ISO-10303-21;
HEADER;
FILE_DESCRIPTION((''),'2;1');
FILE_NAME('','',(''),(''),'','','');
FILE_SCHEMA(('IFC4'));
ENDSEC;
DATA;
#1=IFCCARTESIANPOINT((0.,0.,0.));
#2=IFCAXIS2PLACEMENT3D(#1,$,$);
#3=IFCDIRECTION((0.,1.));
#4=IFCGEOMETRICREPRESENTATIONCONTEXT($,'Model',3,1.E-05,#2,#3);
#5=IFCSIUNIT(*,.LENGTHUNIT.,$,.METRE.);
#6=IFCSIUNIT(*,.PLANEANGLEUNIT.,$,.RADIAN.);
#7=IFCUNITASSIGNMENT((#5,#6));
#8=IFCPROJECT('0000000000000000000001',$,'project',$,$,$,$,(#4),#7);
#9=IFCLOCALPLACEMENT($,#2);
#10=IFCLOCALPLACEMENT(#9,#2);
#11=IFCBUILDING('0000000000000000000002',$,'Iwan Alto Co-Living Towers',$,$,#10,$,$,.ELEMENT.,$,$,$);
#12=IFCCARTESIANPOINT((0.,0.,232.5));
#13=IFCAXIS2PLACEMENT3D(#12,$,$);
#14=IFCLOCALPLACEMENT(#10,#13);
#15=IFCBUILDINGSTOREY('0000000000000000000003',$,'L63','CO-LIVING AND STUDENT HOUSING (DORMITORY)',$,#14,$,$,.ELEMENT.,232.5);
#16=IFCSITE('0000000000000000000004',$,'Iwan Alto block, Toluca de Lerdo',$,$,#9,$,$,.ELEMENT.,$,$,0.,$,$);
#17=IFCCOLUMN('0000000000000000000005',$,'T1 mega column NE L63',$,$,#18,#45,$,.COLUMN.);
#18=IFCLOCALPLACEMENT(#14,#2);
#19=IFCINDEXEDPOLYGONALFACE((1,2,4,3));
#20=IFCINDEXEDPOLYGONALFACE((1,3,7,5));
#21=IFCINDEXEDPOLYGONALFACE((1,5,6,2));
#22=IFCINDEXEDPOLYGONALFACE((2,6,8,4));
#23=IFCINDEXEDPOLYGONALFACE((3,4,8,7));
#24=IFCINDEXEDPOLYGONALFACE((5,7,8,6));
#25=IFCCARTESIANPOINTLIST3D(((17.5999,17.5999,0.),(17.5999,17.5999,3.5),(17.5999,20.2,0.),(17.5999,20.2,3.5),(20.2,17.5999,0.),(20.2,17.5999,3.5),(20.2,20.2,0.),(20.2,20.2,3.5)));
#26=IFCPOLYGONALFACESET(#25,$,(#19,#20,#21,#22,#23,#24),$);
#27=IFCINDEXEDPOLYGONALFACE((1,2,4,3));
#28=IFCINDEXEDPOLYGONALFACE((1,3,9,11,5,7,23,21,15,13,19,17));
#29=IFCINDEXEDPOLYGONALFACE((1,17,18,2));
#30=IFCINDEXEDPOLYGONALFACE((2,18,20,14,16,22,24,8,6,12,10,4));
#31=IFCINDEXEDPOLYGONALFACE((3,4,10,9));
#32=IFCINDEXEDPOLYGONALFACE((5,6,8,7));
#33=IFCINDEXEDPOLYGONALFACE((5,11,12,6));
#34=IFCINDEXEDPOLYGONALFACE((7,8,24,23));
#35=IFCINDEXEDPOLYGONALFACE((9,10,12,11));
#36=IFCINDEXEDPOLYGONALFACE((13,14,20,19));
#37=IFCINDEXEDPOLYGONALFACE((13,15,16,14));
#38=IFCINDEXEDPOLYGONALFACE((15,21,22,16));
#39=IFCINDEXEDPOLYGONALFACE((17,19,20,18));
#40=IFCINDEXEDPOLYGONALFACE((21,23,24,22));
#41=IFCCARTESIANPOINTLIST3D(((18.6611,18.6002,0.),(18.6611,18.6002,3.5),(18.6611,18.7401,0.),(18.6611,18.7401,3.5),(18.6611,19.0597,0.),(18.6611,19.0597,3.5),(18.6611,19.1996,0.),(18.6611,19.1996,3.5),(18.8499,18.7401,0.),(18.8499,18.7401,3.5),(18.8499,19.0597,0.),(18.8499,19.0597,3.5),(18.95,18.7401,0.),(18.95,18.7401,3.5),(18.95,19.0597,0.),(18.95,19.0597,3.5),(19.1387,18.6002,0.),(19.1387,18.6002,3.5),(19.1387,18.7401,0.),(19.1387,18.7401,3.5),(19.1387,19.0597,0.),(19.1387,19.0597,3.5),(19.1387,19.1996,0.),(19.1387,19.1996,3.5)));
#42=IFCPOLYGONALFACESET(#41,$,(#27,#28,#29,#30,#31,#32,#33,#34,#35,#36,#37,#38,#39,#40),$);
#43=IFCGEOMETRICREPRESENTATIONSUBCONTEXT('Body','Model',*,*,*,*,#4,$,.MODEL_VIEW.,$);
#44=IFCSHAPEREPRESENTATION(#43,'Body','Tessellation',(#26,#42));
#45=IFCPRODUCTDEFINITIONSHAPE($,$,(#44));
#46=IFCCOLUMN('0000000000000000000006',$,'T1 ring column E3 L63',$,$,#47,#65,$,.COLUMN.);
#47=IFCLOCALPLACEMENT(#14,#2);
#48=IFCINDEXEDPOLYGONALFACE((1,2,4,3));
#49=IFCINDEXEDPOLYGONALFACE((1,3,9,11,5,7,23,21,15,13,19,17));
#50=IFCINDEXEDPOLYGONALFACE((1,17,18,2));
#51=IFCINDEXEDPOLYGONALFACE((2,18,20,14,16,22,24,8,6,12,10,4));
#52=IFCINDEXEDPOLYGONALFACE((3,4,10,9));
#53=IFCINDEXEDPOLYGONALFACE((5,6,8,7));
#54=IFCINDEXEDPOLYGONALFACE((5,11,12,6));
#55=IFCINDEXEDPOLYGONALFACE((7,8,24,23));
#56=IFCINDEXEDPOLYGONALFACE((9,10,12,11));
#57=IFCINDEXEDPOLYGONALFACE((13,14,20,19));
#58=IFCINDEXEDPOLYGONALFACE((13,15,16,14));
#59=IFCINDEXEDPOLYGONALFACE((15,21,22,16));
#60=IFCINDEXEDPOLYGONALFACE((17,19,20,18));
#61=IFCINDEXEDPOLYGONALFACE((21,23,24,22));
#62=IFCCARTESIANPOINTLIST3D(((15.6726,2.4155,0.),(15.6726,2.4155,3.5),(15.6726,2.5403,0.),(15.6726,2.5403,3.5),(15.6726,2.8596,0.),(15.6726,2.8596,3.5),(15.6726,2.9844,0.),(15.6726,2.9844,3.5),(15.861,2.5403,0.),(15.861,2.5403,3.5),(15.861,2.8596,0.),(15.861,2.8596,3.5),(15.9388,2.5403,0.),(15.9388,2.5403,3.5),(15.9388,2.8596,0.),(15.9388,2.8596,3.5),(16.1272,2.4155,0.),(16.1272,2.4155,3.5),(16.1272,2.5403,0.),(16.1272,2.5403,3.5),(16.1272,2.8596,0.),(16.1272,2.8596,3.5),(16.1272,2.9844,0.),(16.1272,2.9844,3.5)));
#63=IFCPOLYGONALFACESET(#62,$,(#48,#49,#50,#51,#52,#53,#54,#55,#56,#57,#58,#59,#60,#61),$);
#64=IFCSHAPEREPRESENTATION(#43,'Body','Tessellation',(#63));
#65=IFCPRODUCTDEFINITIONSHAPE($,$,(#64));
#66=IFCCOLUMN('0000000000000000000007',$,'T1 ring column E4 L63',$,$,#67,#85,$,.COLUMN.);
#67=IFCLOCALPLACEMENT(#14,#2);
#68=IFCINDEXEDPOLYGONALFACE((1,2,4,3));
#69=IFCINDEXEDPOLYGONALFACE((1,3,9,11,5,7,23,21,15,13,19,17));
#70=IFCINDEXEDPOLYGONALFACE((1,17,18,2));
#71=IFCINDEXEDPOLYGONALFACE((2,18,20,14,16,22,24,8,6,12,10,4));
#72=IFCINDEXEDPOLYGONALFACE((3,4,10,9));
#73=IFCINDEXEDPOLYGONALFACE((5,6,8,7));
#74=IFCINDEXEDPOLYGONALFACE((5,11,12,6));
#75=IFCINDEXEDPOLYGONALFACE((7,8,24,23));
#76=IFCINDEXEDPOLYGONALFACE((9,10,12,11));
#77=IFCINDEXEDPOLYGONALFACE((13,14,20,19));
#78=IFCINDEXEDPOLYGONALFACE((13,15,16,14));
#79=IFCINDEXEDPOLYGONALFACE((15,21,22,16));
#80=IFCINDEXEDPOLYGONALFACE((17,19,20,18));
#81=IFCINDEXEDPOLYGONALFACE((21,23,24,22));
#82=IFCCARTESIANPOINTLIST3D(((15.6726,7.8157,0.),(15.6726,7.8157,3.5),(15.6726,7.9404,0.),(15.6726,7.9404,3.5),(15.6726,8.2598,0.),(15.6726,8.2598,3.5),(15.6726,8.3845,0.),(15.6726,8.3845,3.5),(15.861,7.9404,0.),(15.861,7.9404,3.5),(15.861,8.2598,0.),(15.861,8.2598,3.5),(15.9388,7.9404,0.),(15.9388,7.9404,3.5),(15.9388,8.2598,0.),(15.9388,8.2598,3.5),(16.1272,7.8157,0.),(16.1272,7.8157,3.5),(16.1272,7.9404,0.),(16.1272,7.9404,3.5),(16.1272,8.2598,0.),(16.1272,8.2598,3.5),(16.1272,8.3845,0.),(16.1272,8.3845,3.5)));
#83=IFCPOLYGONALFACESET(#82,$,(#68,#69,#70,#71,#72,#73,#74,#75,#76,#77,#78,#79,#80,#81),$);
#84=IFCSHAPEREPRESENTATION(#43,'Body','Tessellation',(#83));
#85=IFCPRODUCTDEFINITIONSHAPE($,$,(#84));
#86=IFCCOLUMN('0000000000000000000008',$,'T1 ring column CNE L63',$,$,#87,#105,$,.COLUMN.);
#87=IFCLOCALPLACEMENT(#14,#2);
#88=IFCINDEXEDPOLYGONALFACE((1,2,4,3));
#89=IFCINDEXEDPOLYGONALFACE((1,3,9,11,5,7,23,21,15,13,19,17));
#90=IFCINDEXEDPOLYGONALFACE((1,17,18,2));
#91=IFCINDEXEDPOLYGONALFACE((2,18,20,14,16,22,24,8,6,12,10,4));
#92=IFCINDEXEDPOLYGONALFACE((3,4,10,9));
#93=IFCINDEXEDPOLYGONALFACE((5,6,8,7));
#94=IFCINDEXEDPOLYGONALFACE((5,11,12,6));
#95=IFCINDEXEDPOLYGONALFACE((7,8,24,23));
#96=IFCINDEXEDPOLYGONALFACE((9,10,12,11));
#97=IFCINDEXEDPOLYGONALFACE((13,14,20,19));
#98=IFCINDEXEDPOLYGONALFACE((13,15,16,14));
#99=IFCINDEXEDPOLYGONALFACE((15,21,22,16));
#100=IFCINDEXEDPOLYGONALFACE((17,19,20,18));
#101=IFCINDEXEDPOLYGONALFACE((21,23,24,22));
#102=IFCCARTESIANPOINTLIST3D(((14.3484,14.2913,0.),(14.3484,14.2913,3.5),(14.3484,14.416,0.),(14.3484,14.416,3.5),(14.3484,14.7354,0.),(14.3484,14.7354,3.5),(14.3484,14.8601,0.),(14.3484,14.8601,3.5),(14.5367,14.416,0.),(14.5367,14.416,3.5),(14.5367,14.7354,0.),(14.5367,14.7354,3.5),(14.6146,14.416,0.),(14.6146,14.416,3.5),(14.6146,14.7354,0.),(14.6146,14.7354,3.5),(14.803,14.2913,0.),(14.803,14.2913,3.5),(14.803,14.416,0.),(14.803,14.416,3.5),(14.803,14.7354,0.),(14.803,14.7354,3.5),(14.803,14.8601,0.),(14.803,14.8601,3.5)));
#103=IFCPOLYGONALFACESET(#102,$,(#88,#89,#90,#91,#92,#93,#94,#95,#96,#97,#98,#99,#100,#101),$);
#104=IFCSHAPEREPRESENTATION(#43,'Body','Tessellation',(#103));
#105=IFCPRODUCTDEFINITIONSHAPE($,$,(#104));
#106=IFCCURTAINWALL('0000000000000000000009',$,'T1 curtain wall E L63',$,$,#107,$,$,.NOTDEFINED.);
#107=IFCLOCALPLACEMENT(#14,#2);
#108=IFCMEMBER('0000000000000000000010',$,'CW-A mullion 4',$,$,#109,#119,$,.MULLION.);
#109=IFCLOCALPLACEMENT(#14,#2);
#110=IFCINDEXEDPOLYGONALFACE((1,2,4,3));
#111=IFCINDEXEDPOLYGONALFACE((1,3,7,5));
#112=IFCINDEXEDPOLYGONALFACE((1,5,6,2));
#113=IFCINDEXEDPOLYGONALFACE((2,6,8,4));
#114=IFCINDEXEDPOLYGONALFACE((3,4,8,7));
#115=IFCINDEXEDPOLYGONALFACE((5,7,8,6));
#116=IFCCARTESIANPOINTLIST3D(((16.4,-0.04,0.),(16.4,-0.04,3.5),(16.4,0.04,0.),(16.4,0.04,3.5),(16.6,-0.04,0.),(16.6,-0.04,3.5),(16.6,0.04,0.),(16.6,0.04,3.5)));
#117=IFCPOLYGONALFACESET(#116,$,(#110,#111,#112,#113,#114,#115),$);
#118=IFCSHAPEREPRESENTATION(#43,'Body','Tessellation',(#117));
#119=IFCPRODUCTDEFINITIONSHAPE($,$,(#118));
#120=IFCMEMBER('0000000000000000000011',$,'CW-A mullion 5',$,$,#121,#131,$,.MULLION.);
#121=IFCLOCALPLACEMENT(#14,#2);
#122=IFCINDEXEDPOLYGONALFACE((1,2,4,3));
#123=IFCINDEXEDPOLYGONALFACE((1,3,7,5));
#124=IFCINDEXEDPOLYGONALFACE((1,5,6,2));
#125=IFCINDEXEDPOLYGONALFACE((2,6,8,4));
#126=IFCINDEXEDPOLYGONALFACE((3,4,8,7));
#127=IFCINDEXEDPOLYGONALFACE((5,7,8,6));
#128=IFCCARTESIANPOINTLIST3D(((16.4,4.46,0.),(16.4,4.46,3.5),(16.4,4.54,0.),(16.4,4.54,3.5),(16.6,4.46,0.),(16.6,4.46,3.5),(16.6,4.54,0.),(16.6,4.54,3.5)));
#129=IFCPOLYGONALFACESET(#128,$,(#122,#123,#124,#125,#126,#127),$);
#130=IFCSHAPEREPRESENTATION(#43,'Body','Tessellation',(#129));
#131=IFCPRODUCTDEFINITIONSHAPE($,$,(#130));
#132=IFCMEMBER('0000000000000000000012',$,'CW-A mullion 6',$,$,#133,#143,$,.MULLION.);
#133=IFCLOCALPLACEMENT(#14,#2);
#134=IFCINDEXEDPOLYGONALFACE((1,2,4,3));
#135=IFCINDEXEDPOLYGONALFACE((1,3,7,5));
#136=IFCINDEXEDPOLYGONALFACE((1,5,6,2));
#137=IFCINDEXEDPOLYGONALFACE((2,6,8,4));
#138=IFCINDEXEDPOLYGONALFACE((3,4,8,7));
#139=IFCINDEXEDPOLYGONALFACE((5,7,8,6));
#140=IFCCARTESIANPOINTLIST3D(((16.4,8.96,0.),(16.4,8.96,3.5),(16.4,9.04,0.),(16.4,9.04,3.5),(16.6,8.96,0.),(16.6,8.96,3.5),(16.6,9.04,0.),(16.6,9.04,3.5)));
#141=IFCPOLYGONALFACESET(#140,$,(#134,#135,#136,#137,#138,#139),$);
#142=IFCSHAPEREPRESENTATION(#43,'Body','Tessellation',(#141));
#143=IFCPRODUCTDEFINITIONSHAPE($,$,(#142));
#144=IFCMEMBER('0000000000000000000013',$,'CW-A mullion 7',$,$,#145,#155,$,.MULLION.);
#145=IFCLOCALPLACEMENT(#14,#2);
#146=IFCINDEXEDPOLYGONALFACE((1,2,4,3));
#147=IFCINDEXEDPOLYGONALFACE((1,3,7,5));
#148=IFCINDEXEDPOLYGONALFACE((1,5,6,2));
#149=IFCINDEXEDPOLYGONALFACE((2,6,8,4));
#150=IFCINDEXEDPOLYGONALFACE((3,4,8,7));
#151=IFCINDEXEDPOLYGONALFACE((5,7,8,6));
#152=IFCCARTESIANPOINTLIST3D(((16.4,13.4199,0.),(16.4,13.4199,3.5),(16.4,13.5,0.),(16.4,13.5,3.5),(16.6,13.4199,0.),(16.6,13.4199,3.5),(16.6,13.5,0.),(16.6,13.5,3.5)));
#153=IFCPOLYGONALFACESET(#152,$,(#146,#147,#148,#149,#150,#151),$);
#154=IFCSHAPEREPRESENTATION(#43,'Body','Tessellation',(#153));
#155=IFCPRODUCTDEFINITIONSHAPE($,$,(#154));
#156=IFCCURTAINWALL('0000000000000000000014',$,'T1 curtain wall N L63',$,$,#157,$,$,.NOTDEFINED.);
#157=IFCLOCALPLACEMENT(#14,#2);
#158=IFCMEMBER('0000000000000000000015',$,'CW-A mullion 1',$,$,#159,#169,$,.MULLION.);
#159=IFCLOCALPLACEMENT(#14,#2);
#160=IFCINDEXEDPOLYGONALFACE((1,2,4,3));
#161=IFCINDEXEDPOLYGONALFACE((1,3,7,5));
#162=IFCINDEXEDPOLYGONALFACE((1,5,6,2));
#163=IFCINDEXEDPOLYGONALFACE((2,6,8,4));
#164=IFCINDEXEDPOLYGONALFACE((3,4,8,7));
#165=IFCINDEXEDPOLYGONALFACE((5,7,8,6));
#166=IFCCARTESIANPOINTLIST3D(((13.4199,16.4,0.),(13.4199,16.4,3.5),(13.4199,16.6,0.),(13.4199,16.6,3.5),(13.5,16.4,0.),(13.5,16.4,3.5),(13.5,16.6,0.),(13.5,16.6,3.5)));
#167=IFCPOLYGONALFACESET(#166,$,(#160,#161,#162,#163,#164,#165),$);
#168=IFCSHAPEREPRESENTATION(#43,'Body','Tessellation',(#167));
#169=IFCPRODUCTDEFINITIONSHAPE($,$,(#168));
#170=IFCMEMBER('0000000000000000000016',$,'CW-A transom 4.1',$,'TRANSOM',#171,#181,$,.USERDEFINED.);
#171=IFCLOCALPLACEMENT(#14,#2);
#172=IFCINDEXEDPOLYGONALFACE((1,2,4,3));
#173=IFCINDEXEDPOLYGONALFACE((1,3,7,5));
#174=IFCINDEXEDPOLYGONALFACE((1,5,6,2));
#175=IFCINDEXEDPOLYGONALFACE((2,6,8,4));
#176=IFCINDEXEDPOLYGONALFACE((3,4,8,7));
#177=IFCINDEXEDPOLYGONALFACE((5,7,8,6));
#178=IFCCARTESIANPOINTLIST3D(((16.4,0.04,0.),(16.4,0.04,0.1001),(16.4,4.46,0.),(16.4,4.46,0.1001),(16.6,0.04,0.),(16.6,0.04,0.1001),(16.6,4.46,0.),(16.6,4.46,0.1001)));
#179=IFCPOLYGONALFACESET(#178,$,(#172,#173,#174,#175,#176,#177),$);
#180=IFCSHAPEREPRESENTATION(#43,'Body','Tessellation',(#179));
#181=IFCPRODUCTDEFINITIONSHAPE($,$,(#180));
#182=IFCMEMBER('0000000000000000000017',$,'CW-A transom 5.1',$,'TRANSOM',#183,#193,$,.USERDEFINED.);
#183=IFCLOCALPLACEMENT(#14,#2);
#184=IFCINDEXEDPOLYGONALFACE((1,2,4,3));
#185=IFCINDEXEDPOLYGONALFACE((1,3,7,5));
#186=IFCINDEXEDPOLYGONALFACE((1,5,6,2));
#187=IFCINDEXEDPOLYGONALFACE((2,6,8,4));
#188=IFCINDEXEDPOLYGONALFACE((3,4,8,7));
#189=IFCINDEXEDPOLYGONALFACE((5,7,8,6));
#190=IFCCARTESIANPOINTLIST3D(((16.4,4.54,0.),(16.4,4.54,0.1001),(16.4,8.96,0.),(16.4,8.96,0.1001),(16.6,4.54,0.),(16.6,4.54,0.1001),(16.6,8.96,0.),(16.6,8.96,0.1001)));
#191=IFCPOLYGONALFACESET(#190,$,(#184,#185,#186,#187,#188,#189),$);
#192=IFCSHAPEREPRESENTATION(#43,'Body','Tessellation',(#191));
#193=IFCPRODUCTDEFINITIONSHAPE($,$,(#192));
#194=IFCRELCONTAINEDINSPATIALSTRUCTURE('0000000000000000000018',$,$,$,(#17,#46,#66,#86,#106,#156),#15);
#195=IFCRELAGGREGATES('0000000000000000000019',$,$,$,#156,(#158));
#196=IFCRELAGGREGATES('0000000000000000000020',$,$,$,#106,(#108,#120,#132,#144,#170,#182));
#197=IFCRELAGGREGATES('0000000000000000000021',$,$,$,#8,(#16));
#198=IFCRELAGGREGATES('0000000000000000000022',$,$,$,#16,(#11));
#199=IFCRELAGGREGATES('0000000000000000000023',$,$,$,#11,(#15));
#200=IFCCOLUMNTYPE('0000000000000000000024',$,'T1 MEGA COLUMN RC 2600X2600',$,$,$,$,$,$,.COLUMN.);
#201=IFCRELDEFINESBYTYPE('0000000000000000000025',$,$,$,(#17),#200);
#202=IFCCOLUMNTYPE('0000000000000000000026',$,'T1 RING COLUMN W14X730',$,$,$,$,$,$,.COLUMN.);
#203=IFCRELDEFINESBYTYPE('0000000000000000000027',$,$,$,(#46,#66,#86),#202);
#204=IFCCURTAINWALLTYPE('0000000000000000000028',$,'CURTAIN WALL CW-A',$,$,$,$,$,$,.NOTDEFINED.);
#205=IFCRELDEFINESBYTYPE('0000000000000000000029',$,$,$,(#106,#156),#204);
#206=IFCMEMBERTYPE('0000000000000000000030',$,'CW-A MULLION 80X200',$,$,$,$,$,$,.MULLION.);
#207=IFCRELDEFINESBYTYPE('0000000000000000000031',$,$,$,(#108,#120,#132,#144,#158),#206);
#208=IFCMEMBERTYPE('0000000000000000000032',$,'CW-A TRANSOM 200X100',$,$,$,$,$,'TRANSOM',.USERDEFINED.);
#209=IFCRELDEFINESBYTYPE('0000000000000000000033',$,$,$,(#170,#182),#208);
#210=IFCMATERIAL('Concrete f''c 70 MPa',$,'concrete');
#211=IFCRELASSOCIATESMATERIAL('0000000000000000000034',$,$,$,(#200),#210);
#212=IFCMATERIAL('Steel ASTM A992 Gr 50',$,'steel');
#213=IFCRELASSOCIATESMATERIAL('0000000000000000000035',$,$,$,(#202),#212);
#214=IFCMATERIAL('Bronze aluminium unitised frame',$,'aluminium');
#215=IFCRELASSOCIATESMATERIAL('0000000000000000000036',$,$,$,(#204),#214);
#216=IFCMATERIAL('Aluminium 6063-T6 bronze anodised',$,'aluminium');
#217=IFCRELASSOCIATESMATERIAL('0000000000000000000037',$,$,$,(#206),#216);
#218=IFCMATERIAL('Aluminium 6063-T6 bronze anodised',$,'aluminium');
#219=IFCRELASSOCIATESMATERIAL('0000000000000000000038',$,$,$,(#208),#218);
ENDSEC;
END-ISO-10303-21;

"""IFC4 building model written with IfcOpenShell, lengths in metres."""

from ifc_helpers import new_model, si_unit, direction, frame, origin, origin_2d, place, context, subcontext, project, spatial, rectangle, i_section, extrude, material, material_profile, profile_set, type_object, element, aggregate, save


model = new_model("IFC4")

# Units and contexts
model_context = context("Model", 3, precision=1e-05, world=origin(), true_north=direction((0.0, 1.0)))
body_context = subcontext(model_context, "Body", "Model", "MODEL_VIEW")
ifc_project = project(units=[si_unit("LENGTHUNIT", "METRE"), si_unit("PLANEANGLEUNIT", "RADIAN")], contexts=[model_context])

# Site, building, storey
site_placement = place(None, origin())
site = spatial("IfcSite", under=ifc_project, at=site_placement, Name="Iwan Alto block, Toluca de Lerdo", CompositionType="ELEMENT", RefElevation=0.0)
building_placement = place(site_placement, origin())
building = spatial("IfcBuilding", under=site, at=building_placement, Name="Iwan Alto Co-Living Towers", CompositionType="ELEMENT")
storey_placement = place(building_placement, frame((0.0, 0.0, 232.5)))
storey = spatial("IfcBuildingStorey", under=building, at=storey_placement, Name="L63", Description="CO-LIVING AND STUDENT HOUSING (DORMITORY)", CompositionType="ELEMENT", Elevation=232.5)

# Columns
ifc_material_1 = material(Name="Concrete f'c 70 MPa", Category="concrete")
ifc_material_profile_1 = material_profile(ifc_material_1, rectangle(XDim=2.6001, YDim=2.6001, at=origin_2d()), Name="RC 2600X2600")
ifc_profile_set_1 = profile_set([ifc_material_profile_1], Name="Concrete f'c 70 MPa")
column_type_1 = type_object("IfcColumnType", Name="T1 MEGA COLUMN RC 2600X2600", PredefinedType="COLUMN", material=ifc_profile_set_1)
column_placement = place(storey_placement, frame((18.8999, 18.8999, 0.0), z_axis=(0.0, 0.0, 1.0), x_axis=(1.0, 0.0, 0.0)))
element("IfcColumn", 1, at=column_placement, inside=storey, type_object=column_type_1, Name="T1 mega column NE L63", PredefinedType="COLUMN", context=body_context, shape_type="SweptSolid", body=[
    extrude(rectangle(XDim=2.6001, YDim=2.6001, at=origin_2d()), origin(), (0.0, 0.0, 1.0), 3.5),
    extrude(i_section(OverallWidth=0.4775, OverallDepth=0.5994, WebThickness=0.1001, FlangeThickness=0.1399, at=origin_2d()), origin(), (0.0, 0.0, 1.0), 3.5),
])
ifc_material_2 = material(Name="Steel ASTM A992 Gr 50", Category="steel")
ifc_material_profile_2 = material_profile(ifc_material_2, i_section(OverallWidth=0.4546, OverallDepth=0.5688, WebThickness=0.0779, FlangeThickness=0.1248, at=origin_2d()), Name="W14X730")
ifc_profile_set_2 = profile_set([ifc_material_profile_2], Name="Steel ASTM A992 Gr 50")
column_type_2 = type_object("IfcColumnType", Name="T1 RING COLUMN W14X730", PredefinedType="COLUMN", material=ifc_profile_set_2)
for number, where, z_axis, x_axis, name in (
    (2, (15.8999, 2.7, 0.0), (0.0, 0.0, 1.0), (1.0, 0.0, 0.0), "T1 ring column E3 L63"),
    (3, (15.8999, 8.1001, 0.0), (0.0, 0.0, 1.0), (1.0, 0.0, 0.0), "T1 ring column E4 L63"),
    (4, (14.5757, 14.5757, 0.0), (0.0, 0.0, 1.0), (1.0, 0.0, 0.0), "T1 ring column CNE L63"),
):
    element("IfcColumn", number, at=place(storey_placement, frame(where, z_axis=z_axis, x_axis=x_axis)), inside=storey, type_object=column_type_2, Name=name, PredefinedType="COLUMN", context=body_context, shape_type="SweptSolid", body=[
        extrude(i_section(OverallWidth=0.4546, OverallDepth=0.5688, WebThickness=0.0779, FlangeThickness=0.1248, at=origin_2d()), origin(), (0.0, 0.0, 1.0), 3.5),
    ])

# Curtain wall, members
ifc_material_3 = material(Name="Bronze aluminium unitised frame", Category="aluminium")
curtain_wall_type_1 = type_object("IfcCurtainWallType", Name="CURTAIN WALL CW-A", PredefinedType="NOTDEFINED", material=ifc_material_3)
curtain_wall_1_placement = place(storey_placement, origin())
curtain_wall_1 = element("IfcCurtainWall", 5, at=curtain_wall_1_placement, inside=storey, type_object=curtain_wall_type_1, Name="T1 curtain wall E L63", PredefinedType="NOTDEFINED")
ifc_material_4 = material(Name="Aluminium 6063-T6 bronze anodised", Category="aluminium")
ifc_material_profile_3 = material_profile(ifc_material_4, rectangle(XDim=0.2, YDim=0.0801, at=origin_2d()), Name="AL 80X200")
ifc_profile_set_3 = profile_set([ifc_material_profile_3], Name="Aluminium 6063-T6 bronze anodised")
member_type_1 = type_object("IfcMemberType", Name="CW-A MULLION 80X200", PredefinedType="MULLION", material=ifc_profile_set_3)
member_1_placement = place(storey_placement, frame((16.5, 0.0, 0.0), z_axis=(0.0, 0.0, 1.0), x_axis=(-1.0, 0.0, 0.0)))
member_1 = element("IfcMember", 6, at=member_1_placement, type_object=member_type_1, Name="CW-A mullion 4", PredefinedType="MULLION", context=body_context, shape_type="SweptSolid", body=[
    extrude(rectangle(XDim=0.2, YDim=0.0801, at=origin_2d()), origin(), (0.0, 0.0, 1.0), 3.5),
])
member_2_placement = place(storey_placement, frame((16.5, 4.5, 0.0), z_axis=(0.0, 0.0, 1.0), x_axis=(-1.0, 0.0, 0.0)))
member_2 = element("IfcMember", 7, at=member_2_placement, type_object=member_type_1, Name="CW-A mullion 5", PredefinedType="MULLION", context=body_context, shape_type="SweptSolid", body=[
    extrude(rectangle(XDim=0.2, YDim=0.0801, at=origin_2d()), origin(), (0.0, 0.0, 1.0), 3.5),
])
member_3_placement = place(storey_placement, frame((16.5, 9.0, 0.0), z_axis=(0.0, 0.0, 1.0), x_axis=(-1.0, 0.0, 0.0)))
member_3 = element("IfcMember", 8, at=member_3_placement, type_object=member_type_1, Name="CW-A mullion 6", PredefinedType="MULLION", context=body_context, shape_type="SweptSolid", body=[
    extrude(rectangle(XDim=0.2, YDim=0.0801, at=origin_2d()), origin(), (0.0, 0.0, 1.0), 3.5),
])
member_4_placement = place(storey_placement, frame((16.5, 13.46, 0.0), z_axis=(0.0, 0.0, 1.0), x_axis=(-1.0, 0.0, 0.0)))
member_4 = element("IfcMember", 9, at=member_4_placement, type_object=member_type_1, Name="CW-A mullion 7", PredefinedType="MULLION", context=body_context, shape_type="SweptSolid", body=[
    extrude(rectangle(XDim=0.2, YDim=0.0801, at=origin_2d()), origin(), (0.0, 0.0, 1.0), 3.5),
])

# Curtain wall, member
curtain_wall_2_placement = place(storey_placement, origin())
curtain_wall_2 = element("IfcCurtainWall", 10, at=curtain_wall_2_placement, inside=storey, type_object=curtain_wall_type_1, Name="T1 curtain wall N L63", PredefinedType="NOTDEFINED")
member_5_placement = place(storey_placement, frame((13.46, 16.5, 0.0), z_axis=(0.0, 0.0, 1.0), x_axis=(0.0, -1.0, 0.0)))
member_5 = element("IfcMember", 11, at=member_5_placement, type_object=member_type_1, Name="CW-A mullion 1", PredefinedType="MULLION", context=body_context, shape_type="SweptSolid", body=[
    extrude(rectangle(XDim=0.2, YDim=0.0801, at=origin_2d()), origin(), (0.0, 0.0, 1.0), 3.5),
])
aggregate(curtain_wall_2, [member_5])

# Members
ifc_material_5 = material(Name="Aluminium 6063-T6 bronze anodised", Category="aluminium")
ifc_material_profile_4 = material_profile(ifc_material_5, rectangle(XDim=0.2, YDim=0.1001, at=origin_2d()), Name="AL 200X100")
ifc_profile_set_4 = profile_set([ifc_material_profile_4], Name="Aluminium 6063-T6 bronze anodised")
member_type_2 = type_object("IfcMemberType", Name="CW-A TRANSOM 200X100", ElementType="TRANSOM", PredefinedType="USERDEFINED", material=ifc_profile_set_4)
member_6_placement = place(storey_placement, frame((16.5, 0.04, 0.05), z_axis=(0.0, 1.0, 0.0), x_axis=(-1.0, 0.0, 0.0)))
member_6 = element("IfcMember", 12, at=member_6_placement, type_object=member_type_2, Name="CW-A transom 4.1", ObjectType="TRANSOM", PredefinedType="USERDEFINED", context=body_context, shape_type="SweptSolid", body=[
    extrude(rectangle(XDim=0.2, YDim=0.1001, at=origin_2d()), origin(), (0.0, 0.0, 1.0), 4.4199),
])
member_7_placement = place(storey_placement, frame((16.5, 4.54, 0.05), z_axis=(0.0, 1.0, 0.0), x_axis=(-1.0, 0.0, 0.0)))
member_7 = element("IfcMember", 13, at=member_7_placement, type_object=member_type_2, Name="CW-A transom 5.1", ObjectType="TRANSOM", PredefinedType="USERDEFINED", context=body_context, shape_type="SweptSolid", body=[
    extrude(rectangle(XDim=0.2, YDim=0.1001, at=origin_2d()), origin(), (0.0, 0.0, 1.0), 4.4199),
])

aggregate(curtain_wall_1, [member_1, member_2, member_3, member_4, member_6, member_7])

save(model, "model.ifc")
